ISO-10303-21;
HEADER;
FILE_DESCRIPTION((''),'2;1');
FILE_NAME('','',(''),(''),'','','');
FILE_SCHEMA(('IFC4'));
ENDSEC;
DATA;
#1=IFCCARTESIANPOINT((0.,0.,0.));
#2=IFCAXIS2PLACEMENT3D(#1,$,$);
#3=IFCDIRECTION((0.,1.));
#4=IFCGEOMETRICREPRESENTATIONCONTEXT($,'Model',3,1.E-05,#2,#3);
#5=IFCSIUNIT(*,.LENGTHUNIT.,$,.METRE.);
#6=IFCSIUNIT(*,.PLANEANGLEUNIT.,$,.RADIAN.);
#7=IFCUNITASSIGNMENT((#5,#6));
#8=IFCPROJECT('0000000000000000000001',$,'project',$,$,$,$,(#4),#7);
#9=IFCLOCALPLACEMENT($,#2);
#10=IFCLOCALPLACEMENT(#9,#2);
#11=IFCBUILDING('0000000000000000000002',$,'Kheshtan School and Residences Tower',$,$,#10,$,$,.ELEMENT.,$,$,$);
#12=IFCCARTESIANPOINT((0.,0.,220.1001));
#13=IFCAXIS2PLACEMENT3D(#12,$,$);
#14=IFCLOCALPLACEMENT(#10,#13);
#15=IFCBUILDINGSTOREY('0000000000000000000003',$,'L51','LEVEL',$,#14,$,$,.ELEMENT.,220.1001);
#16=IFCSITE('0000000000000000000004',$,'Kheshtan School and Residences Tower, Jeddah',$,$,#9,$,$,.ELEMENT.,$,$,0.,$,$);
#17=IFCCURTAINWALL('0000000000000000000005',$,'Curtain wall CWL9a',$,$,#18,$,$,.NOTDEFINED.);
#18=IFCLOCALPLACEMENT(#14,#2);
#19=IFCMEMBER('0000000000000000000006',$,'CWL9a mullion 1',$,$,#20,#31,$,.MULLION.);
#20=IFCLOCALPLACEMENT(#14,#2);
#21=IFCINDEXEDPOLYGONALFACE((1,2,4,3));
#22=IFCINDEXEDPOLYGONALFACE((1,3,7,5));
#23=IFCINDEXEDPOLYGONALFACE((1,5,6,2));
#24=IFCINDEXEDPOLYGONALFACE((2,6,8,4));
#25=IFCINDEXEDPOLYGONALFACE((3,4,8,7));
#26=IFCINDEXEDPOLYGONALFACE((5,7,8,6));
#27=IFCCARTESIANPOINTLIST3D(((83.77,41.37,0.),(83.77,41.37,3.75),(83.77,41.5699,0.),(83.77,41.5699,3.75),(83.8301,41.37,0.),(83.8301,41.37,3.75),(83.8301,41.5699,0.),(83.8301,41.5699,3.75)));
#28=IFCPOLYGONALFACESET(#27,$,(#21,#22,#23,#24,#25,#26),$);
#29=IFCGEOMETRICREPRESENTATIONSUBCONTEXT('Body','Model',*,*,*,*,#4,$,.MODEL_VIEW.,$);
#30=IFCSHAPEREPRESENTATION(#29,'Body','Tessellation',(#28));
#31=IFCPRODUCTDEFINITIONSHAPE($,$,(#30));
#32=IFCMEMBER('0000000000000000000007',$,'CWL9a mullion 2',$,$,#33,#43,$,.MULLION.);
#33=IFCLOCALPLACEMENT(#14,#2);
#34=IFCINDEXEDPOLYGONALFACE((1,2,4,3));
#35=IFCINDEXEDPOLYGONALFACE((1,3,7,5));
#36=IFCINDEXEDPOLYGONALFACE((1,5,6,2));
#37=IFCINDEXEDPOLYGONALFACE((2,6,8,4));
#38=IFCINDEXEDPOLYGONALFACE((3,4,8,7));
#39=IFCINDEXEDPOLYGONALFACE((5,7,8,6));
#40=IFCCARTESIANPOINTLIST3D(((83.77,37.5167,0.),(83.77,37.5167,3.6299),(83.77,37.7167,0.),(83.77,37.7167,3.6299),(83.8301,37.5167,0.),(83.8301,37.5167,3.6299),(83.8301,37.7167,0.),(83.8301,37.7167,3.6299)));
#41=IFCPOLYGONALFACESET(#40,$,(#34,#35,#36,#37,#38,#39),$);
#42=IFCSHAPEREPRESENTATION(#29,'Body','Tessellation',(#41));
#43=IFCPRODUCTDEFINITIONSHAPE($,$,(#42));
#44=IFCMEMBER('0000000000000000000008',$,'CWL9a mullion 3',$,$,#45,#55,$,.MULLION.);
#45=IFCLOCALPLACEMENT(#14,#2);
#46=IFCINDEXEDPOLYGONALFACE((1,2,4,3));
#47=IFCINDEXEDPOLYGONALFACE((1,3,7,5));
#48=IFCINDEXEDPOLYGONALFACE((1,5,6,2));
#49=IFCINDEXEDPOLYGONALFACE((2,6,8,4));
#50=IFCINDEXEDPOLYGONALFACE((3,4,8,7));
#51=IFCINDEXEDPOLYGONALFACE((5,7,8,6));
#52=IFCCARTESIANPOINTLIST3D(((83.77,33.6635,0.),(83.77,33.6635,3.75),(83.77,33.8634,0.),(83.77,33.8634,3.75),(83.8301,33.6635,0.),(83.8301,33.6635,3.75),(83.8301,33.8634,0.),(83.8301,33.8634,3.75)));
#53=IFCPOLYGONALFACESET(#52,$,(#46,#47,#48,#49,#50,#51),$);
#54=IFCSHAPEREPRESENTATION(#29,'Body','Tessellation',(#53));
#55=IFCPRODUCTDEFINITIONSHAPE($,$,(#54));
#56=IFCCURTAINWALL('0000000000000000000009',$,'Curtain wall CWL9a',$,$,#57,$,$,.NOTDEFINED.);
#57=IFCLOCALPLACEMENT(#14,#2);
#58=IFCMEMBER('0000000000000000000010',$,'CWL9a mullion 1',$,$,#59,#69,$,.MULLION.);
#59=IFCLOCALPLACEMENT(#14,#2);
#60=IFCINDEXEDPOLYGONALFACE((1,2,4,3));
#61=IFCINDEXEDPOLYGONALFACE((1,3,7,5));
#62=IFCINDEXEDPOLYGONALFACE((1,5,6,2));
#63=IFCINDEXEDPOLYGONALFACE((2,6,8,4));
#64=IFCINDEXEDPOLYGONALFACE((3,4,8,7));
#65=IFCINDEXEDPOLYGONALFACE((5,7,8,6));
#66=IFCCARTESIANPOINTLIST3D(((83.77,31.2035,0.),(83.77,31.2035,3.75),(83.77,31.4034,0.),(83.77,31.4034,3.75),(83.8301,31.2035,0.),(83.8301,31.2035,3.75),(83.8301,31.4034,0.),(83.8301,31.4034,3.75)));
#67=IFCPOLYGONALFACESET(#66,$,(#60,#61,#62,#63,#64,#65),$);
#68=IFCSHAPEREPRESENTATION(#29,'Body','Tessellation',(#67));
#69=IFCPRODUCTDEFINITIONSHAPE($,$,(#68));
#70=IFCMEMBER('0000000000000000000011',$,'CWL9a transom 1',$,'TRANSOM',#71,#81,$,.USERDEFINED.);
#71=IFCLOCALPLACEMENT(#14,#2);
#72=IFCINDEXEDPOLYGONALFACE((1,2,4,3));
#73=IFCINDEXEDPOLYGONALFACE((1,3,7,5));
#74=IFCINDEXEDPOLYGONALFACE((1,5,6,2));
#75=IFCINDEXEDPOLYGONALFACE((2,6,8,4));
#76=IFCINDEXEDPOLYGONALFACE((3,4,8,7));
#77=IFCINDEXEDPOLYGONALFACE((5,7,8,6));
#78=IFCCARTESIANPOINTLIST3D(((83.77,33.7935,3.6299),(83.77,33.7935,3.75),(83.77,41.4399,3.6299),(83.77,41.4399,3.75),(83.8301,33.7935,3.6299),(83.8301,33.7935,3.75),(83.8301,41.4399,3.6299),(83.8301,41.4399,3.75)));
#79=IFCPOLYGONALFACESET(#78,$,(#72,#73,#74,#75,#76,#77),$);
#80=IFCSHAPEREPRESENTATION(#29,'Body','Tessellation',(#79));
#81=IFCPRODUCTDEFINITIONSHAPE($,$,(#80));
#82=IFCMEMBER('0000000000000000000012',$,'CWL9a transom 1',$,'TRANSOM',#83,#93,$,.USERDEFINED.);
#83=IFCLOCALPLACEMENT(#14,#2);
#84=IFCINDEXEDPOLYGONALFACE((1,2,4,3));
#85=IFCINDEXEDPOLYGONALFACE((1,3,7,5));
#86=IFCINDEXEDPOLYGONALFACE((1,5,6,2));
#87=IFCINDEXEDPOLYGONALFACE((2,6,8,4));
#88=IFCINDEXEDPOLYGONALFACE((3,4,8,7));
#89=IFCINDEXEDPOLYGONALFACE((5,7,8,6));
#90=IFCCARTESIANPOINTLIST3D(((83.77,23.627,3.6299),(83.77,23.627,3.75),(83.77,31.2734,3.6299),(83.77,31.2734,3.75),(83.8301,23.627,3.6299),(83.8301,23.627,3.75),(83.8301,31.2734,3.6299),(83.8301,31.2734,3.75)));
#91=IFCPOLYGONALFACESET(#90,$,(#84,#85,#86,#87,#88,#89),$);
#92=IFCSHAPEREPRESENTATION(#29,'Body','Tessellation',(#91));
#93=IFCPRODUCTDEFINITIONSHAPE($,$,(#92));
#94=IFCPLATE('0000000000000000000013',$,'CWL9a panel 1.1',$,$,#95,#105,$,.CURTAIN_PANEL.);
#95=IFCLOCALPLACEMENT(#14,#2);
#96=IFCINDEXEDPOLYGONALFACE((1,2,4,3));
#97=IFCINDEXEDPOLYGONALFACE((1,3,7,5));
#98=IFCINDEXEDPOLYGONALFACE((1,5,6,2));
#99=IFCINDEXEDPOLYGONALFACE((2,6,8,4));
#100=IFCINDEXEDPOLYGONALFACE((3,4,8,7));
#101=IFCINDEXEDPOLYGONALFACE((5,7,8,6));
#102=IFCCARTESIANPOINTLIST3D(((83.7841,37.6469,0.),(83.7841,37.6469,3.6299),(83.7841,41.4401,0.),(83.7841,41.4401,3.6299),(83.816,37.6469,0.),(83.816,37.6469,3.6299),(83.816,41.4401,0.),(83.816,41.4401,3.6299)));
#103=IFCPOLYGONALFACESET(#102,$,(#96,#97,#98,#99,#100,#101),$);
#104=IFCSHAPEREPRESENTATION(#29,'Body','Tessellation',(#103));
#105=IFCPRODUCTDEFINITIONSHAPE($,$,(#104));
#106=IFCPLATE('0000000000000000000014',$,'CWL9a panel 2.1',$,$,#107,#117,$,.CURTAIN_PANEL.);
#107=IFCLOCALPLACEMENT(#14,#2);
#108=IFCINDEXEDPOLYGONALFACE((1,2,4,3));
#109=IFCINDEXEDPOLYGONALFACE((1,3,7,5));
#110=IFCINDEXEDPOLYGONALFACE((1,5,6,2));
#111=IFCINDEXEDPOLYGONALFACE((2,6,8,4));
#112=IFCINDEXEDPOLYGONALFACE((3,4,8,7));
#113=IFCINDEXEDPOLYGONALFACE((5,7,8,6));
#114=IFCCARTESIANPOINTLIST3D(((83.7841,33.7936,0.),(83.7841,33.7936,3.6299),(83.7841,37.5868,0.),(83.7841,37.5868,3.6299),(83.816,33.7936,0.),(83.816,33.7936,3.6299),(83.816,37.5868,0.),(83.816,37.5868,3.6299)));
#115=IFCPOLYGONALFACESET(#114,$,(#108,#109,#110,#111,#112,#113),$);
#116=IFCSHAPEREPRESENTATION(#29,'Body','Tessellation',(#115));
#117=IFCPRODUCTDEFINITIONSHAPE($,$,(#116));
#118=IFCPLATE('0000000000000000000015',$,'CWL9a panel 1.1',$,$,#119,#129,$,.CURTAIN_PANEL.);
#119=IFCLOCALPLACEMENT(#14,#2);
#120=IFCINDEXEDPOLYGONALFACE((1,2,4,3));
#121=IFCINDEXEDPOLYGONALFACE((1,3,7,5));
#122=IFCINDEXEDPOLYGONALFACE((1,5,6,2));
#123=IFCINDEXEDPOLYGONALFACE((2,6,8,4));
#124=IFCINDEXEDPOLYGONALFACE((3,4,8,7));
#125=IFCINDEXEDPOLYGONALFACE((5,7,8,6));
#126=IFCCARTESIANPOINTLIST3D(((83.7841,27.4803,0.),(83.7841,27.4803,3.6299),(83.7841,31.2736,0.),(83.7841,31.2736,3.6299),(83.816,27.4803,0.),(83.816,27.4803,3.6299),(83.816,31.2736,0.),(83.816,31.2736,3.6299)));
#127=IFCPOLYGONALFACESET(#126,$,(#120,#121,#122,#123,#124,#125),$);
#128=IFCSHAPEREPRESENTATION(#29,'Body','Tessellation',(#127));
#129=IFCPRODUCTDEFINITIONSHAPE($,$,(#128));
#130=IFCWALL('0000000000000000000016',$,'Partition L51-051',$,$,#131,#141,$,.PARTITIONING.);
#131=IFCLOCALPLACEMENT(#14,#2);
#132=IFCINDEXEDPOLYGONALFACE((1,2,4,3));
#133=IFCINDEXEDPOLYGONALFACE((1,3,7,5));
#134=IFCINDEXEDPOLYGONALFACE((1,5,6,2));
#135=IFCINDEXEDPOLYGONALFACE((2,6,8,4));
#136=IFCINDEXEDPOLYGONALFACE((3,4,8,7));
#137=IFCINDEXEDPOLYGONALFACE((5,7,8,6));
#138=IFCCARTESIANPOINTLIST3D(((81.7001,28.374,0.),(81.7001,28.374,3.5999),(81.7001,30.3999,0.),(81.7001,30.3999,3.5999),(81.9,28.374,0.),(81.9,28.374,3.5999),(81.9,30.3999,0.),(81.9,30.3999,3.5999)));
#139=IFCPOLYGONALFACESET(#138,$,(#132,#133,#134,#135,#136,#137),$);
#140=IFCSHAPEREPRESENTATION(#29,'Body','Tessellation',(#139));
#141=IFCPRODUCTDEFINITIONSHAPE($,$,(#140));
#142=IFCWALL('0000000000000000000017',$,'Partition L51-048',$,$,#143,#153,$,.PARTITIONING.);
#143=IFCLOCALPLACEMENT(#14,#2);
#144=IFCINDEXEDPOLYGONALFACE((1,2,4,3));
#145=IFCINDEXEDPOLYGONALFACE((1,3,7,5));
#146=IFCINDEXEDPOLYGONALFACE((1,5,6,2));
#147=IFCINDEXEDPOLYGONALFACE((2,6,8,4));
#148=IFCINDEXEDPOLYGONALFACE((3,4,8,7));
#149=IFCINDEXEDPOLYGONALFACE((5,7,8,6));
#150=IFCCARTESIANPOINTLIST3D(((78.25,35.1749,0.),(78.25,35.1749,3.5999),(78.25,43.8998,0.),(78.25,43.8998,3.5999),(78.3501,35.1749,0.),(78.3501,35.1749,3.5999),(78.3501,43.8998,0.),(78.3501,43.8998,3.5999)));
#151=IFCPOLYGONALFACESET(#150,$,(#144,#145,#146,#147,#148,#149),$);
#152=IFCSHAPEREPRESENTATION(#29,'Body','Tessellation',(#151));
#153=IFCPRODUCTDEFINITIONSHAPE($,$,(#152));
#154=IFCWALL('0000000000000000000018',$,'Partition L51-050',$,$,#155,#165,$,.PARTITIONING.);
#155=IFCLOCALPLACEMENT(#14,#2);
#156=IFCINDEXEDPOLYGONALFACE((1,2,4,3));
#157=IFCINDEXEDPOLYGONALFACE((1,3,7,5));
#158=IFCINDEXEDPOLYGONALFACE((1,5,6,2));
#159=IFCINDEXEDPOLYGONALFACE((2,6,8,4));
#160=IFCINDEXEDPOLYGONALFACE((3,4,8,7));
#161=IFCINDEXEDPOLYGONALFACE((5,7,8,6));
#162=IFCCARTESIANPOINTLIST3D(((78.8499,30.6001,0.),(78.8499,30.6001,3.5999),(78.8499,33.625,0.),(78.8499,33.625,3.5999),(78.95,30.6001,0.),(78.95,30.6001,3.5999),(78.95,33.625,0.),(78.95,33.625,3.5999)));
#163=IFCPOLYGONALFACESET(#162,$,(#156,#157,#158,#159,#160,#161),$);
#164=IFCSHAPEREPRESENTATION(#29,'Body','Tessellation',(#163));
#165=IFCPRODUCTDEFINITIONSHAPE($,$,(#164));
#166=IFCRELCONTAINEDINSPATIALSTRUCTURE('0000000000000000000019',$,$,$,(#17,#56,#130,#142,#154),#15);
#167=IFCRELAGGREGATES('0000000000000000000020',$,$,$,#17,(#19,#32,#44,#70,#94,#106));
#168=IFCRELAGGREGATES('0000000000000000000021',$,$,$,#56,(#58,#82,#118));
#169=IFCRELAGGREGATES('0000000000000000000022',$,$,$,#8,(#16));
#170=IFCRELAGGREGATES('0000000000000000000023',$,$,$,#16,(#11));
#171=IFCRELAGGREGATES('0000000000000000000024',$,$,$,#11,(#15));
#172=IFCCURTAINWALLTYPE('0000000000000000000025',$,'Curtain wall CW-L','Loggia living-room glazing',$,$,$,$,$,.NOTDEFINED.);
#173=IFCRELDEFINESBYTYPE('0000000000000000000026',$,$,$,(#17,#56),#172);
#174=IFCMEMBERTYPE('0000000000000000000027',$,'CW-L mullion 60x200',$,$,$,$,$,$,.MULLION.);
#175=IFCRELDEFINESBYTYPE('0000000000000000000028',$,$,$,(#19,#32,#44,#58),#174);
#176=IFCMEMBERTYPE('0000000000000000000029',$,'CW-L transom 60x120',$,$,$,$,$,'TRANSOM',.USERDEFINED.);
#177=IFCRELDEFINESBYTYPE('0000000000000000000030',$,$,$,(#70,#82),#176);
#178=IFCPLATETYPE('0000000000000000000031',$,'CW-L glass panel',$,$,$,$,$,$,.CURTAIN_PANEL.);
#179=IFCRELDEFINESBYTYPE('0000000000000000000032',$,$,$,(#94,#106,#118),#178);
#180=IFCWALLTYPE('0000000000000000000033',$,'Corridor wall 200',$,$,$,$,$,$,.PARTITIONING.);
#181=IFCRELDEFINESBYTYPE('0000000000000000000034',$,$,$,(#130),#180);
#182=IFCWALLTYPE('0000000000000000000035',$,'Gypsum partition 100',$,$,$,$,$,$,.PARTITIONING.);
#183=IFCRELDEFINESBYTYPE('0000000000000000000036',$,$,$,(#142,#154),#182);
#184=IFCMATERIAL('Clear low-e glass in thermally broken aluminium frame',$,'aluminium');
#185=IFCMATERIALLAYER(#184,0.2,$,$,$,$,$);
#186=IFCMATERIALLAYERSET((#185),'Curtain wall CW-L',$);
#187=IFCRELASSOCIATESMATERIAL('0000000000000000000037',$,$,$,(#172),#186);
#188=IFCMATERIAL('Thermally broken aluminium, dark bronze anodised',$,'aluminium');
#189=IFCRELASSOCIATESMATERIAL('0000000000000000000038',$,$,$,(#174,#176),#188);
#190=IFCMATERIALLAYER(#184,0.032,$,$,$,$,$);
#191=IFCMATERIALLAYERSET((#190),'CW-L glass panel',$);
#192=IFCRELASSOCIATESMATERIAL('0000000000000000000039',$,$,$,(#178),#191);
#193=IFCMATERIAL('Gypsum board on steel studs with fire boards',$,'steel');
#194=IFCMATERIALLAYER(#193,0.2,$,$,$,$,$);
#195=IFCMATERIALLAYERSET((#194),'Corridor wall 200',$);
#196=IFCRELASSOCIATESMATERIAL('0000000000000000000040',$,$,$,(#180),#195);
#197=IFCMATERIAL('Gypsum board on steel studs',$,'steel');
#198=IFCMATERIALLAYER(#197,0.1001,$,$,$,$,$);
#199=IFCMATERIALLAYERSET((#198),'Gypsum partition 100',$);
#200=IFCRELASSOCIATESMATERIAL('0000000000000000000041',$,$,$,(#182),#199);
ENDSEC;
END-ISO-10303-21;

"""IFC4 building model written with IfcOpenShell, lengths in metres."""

from ifc_helpers import new_model, si_unit, direction, frame, frame_2d, origin, origin_2d, place, context, subcontext, project, spatial, rectangle, extrude, material, layer, layer_set, material_profile, profile_set, type_object, element, aggregate, save


model = new_model("IFC4")

# Units and contexts
model_context = context("Model", 3, precision=1e-05, world=origin(), true_north=direction((0.0, 1.0)))
body_context = subcontext(model_context, "Body", "Model", "MODEL_VIEW")
ifc_project = project(units=[si_unit("LENGTHUNIT", "METRE"), si_unit("PLANEANGLEUNIT", "RADIAN")], contexts=[model_context])

# Site, building, storey
site_placement = place(None, origin())
site = spatial("IfcSite", under=ifc_project, at=site_placement, Name="Kheshtan School and Residences Tower, Jeddah", CompositionType="ELEMENT", RefElevation=0.0)
building_placement = place(site_placement, origin())
building = spatial("IfcBuilding", under=site, at=building_placement, Name="Kheshtan School and Residences Tower", CompositionType="ELEMENT")
storey_placement = place(building_placement, frame((0.0, 0.0, 220.1001)))
storey = spatial("IfcBuildingStorey", under=building, at=storey_placement, Name="L51", Description="LEVEL", CompositionType="ELEMENT", Elevation=220.1001)

# Curtain wall, members
ifc_material_1 = material(Name="Clear low-e glass in thermally broken aluminium frame", Category="aluminium")
ifc_layer_1 = layer(ifc_material_1, 0.2)
ifc_layer_set_1 = layer_set([ifc_layer_1], Name="Curtain wall CW-L")
curtain_wall_type = type_object("IfcCurtainWallType", Name="Curtain wall CW-L", Description="Loggia living-room glazing", PredefinedType="NOTDEFINED", material=ifc_layer_set_1)
curtain_wall_1_placement = place(storey_placement, origin())
curtain_wall_1 = element("IfcCurtainWall", 1, at=curtain_wall_1_placement, inside=storey, type_object=curtain_wall_type, Name="Curtain wall CWL9a", PredefinedType="NOTDEFINED")
ifc_material_2 = material(Name="Thermally broken aluminium, dark bronze anodised", Category="aluminium")
ifc_material_profile_1 = material_profile(ifc_material_2, rectangle(XDim=0.0601, YDim=0.2, at=origin_2d()), Name="CW-L mullion 60x200")
ifc_profile_set_1 = profile_set([ifc_material_profile_1], Name="Thermally broken aluminium, dark bronze anodised")
member_type_1 = type_object("IfcMemberType", Name="CW-L mullion 60x200", PredefinedType="MULLION", material=ifc_profile_set_1)
member_1_placement = place(storey_placement, frame((83.8, 41.47, 0.0), z_axis=(0.0, 0.0, 1.0), x_axis=(1.0, 0.0, 0.0)))
member_1 = element("IfcMember", 2, at=member_1_placement, type_object=member_type_1, Name="CWL9a mullion 1", PredefinedType="MULLION", context=body_context, shape_type="SweptSolid", body=[
    extrude(rectangle(XDim=0.0601, YDim=0.2, at=origin_2d()), origin(), (0.0, 0.0, 1.0), 3.75),
])
member_2_placement = place(storey_placement, frame((83.8, 37.6167, 0.0), z_axis=(0.0, 0.0, 1.0), x_axis=(1.0, 0.0, 0.0)))
member_2 = element("IfcMember", 3, at=member_2_placement, type_object=member_type_1, Name="CWL9a mullion 2", PredefinedType="MULLION", context=body_context, shape_type="SweptSolid", body=[
    extrude(rectangle(XDim=0.0601, YDim=0.2, at=origin_2d()), origin(), (0.0, 0.0, 1.0), 3.6299),
])
member_3_placement = place(storey_placement, frame((83.8, 33.7634, 0.0), z_axis=(0.0, 0.0, 1.0), x_axis=(1.0, 0.0, 0.0)))
member_3 = element("IfcMember", 4, at=member_3_placement, type_object=member_type_1, Name="CWL9a mullion 3", PredefinedType="MULLION", context=body_context, shape_type="SweptSolid", body=[
    extrude(rectangle(XDim=0.0601, YDim=0.2, at=origin_2d()), origin(), (0.0, 0.0, 1.0), 3.75),
])

# Curtain wall, member
curtain_wall_2_placement = place(storey_placement, origin())
curtain_wall_2 = element("IfcCurtainWall", 5, at=curtain_wall_2_placement, inside=storey, type_object=curtain_wall_type, Name="Curtain wall CWL9a", PredefinedType="NOTDEFINED")
member_4_placement = place(storey_placement, frame((83.8, 31.3035, 0.0), z_axis=(0.0, 0.0, 1.0), x_axis=(1.0, 0.0, 0.0)))
member_4 = element("IfcMember", 6, at=member_4_placement, type_object=member_type_1, Name="CWL9a mullion 1", PredefinedType="MULLION", context=body_context, shape_type="SweptSolid", body=[
    extrude(rectangle(XDim=0.0601, YDim=0.2, at=origin_2d()), origin(), (0.0, 0.0, 1.0), 3.75),
])

# Members
ifc_material_profile_2 = material_profile(ifc_material_2, rectangle(XDim=0.0601, YDim=0.1201, at=origin_2d()), Name="CW-L transom 60x120")
ifc_profile_set_2 = profile_set([ifc_material_profile_2], Name="Thermally broken aluminium, dark bronze anodised")
member_type_2 = type_object("IfcMemberType", Name="CW-L transom 60x120", ElementType="TRANSOM", PredefinedType="USERDEFINED", material=ifc_profile_set_2)
member_5_placement = place(storey_placement, frame((83.8, 41.4399, 3.6899), z_axis=(0.0, -1.0, 0.0), x_axis=(1.0, 0.0, 0.0)))
member_5 = element("IfcMember", 7, at=member_5_placement, type_object=member_type_2, Name="CWL9a transom 1", ObjectType="TRANSOM", PredefinedType="USERDEFINED", context=body_context, shape_type="SweptSolid", body=[
    extrude(rectangle(XDim=0.0601, YDim=0.1201, at=origin_2d()), origin(), (0.0, 0.0, 1.0), 7.6465),
])
member_6_placement = place(storey_placement, frame((83.8, 31.2734, 3.6899), z_axis=(0.0, -1.0, 0.0), x_axis=(1.0, 0.0, 0.0)))
member_6 = element("IfcMember", 8, at=member_6_placement, type_object=member_type_2, Name="CWL9a transom 1", ObjectType="TRANSOM", PredefinedType="USERDEFINED", context=body_context, shape_type="SweptSolid", body=[
    extrude(rectangle(XDim=0.0601, YDim=0.1201, at=origin_2d()), origin(), (0.0, 0.0, 1.0), 7.6465),
])

# Plates
ifc_layer_2 = layer(ifc_material_1, 0.032)
ifc_layer_set_2 = layer_set([ifc_layer_2], Name="CW-L glass panel")
plate_type = type_object("IfcPlateType", Name="CW-L glass panel", PredefinedType="CURTAIN_PANEL", material=ifc_layer_set_2)
plate_1_placement = place(storey_placement, frame((83.8, 39.5435, 0.0), z_axis=(0.0, 0.0, 1.0), x_axis=(0.0, -1.0, 0.0)))
plate_1 = element("IfcPlate", 9, at=plate_1_placement, type_object=plate_type, Name="CWL9a panel 1.1", PredefinedType="CURTAIN_PANEL", context=body_context, shape_type="SweptSolid", body=[
    extrude(rectangle(XDim=3.7932, YDim=0.032, at=origin_2d()), origin(), (0.0, 0.0, 1.0), 3.6299),
])
plate_2_placement = place(storey_placement, frame((83.8, 35.6902, 0.0), z_axis=(0.0, 0.0, 1.0), x_axis=(0.0, -1.0, 0.0)))
plate_2 = element("IfcPlate", 10, at=plate_2_placement, type_object=plate_type, Name="CWL9a panel 2.1", PredefinedType="CURTAIN_PANEL", context=body_context, shape_type="SweptSolid", body=[
    extrude(rectangle(XDim=3.7932, YDim=0.032, at=origin_2d()), origin(), (0.0, 0.0, 1.0), 3.6299),
])
aggregate(curtain_wall_1, [member_1, member_2, member_3, member_5, plate_1, plate_2])
plate_3_placement = place(storey_placement, frame((83.8, 29.377, 0.0), z_axis=(0.0, 0.0, 1.0), x_axis=(0.0, -1.0, 0.0)))
plate_3 = element("IfcPlate", 11, at=plate_3_placement, type_object=plate_type, Name="CWL9a panel 1.1", PredefinedType="CURTAIN_PANEL", context=body_context, shape_type="SweptSolid", body=[
    extrude(rectangle(XDim=3.7932, YDim=0.032, at=origin_2d()), origin(), (0.0, 0.0, 1.0), 3.6299),
])
aggregate(curtain_wall_2, [member_4, member_6, plate_3])

# Wall
ifc_material_3 = material(Name="Gypsum board on steel studs with fire boards", Category="steel")
ifc_layer_3 = layer(ifc_material_3, 0.2)
ifc_layer_set_3 = layer_set([ifc_layer_3], Name="Corridor wall 200")
wall_type_1 = type_object("IfcWallType", Name="Corridor wall 200", PredefinedType="PARTITIONING", material=ifc_layer_set_3)
wall_1_placement = place(storey_placement, frame((81.8, 28.374, 0.0), z_axis=(0.0, 0.0, 1.0), x_axis=(0.0, 1.0, 0.0)))
element("IfcWall", 12, at=wall_1_placement, inside=storey, type_object=wall_type_1, Name="Partition L51-051", PredefinedType="PARTITIONING", context=body_context, shape_type="SweptSolid", body=[
    extrude(rectangle(XDim=2.0259, YDim=0.2, at=frame_2d((1.0129, 0.0))), origin(), (0.0, 0.0, 1.0), 3.5999),
])

# Walls
ifc_material_4 = material(Name="Gypsum board on steel studs", Category="steel")
ifc_layer_4 = layer(ifc_material_4, 0.1001)
ifc_layer_set_4 = layer_set([ifc_layer_4], Name="Gypsum partition 100")
wall_type_2 = type_object("IfcWallType", Name="Gypsum partition 100", PredefinedType="PARTITIONING", material=ifc_layer_set_4)
wall_2_placement = place(storey_placement, frame((78.3, 35.175, 0.0), z_axis=(0.0, 0.0, 1.0), x_axis=(0.0, 1.0, 0.0)))
element("IfcWall", 13, at=wall_2_placement, inside=storey, type_object=wall_type_2, Name="Partition L51-048", PredefinedType="PARTITIONING", context=body_context, shape_type="SweptSolid", body=[
    extrude(rectangle(XDim=8.7249, YDim=0.1001, at=frame_2d((4.3623, 0.0))), origin(), (0.0, 0.0, 1.0), 3.5999),
])
wall_3_placement = place(storey_placement, frame((78.8999, 30.6001, 0.0), z_axis=(0.0, 0.0, 1.0), x_axis=(0.0, 1.0, 0.0)))
element("IfcWall", 14, at=wall_3_placement, inside=storey, type_object=wall_type_2, Name="Partition L51-050", PredefinedType="PARTITIONING", context=body_context, shape_type="SweptSolid", body=[
    extrude(rectangle(XDim=3.0249, YDim=0.1001, at=frame_2d((1.5125, 0.0))), origin(), (0.0, 0.0, 1.0), 3.5999),
])

save(model, "model.ifc")
